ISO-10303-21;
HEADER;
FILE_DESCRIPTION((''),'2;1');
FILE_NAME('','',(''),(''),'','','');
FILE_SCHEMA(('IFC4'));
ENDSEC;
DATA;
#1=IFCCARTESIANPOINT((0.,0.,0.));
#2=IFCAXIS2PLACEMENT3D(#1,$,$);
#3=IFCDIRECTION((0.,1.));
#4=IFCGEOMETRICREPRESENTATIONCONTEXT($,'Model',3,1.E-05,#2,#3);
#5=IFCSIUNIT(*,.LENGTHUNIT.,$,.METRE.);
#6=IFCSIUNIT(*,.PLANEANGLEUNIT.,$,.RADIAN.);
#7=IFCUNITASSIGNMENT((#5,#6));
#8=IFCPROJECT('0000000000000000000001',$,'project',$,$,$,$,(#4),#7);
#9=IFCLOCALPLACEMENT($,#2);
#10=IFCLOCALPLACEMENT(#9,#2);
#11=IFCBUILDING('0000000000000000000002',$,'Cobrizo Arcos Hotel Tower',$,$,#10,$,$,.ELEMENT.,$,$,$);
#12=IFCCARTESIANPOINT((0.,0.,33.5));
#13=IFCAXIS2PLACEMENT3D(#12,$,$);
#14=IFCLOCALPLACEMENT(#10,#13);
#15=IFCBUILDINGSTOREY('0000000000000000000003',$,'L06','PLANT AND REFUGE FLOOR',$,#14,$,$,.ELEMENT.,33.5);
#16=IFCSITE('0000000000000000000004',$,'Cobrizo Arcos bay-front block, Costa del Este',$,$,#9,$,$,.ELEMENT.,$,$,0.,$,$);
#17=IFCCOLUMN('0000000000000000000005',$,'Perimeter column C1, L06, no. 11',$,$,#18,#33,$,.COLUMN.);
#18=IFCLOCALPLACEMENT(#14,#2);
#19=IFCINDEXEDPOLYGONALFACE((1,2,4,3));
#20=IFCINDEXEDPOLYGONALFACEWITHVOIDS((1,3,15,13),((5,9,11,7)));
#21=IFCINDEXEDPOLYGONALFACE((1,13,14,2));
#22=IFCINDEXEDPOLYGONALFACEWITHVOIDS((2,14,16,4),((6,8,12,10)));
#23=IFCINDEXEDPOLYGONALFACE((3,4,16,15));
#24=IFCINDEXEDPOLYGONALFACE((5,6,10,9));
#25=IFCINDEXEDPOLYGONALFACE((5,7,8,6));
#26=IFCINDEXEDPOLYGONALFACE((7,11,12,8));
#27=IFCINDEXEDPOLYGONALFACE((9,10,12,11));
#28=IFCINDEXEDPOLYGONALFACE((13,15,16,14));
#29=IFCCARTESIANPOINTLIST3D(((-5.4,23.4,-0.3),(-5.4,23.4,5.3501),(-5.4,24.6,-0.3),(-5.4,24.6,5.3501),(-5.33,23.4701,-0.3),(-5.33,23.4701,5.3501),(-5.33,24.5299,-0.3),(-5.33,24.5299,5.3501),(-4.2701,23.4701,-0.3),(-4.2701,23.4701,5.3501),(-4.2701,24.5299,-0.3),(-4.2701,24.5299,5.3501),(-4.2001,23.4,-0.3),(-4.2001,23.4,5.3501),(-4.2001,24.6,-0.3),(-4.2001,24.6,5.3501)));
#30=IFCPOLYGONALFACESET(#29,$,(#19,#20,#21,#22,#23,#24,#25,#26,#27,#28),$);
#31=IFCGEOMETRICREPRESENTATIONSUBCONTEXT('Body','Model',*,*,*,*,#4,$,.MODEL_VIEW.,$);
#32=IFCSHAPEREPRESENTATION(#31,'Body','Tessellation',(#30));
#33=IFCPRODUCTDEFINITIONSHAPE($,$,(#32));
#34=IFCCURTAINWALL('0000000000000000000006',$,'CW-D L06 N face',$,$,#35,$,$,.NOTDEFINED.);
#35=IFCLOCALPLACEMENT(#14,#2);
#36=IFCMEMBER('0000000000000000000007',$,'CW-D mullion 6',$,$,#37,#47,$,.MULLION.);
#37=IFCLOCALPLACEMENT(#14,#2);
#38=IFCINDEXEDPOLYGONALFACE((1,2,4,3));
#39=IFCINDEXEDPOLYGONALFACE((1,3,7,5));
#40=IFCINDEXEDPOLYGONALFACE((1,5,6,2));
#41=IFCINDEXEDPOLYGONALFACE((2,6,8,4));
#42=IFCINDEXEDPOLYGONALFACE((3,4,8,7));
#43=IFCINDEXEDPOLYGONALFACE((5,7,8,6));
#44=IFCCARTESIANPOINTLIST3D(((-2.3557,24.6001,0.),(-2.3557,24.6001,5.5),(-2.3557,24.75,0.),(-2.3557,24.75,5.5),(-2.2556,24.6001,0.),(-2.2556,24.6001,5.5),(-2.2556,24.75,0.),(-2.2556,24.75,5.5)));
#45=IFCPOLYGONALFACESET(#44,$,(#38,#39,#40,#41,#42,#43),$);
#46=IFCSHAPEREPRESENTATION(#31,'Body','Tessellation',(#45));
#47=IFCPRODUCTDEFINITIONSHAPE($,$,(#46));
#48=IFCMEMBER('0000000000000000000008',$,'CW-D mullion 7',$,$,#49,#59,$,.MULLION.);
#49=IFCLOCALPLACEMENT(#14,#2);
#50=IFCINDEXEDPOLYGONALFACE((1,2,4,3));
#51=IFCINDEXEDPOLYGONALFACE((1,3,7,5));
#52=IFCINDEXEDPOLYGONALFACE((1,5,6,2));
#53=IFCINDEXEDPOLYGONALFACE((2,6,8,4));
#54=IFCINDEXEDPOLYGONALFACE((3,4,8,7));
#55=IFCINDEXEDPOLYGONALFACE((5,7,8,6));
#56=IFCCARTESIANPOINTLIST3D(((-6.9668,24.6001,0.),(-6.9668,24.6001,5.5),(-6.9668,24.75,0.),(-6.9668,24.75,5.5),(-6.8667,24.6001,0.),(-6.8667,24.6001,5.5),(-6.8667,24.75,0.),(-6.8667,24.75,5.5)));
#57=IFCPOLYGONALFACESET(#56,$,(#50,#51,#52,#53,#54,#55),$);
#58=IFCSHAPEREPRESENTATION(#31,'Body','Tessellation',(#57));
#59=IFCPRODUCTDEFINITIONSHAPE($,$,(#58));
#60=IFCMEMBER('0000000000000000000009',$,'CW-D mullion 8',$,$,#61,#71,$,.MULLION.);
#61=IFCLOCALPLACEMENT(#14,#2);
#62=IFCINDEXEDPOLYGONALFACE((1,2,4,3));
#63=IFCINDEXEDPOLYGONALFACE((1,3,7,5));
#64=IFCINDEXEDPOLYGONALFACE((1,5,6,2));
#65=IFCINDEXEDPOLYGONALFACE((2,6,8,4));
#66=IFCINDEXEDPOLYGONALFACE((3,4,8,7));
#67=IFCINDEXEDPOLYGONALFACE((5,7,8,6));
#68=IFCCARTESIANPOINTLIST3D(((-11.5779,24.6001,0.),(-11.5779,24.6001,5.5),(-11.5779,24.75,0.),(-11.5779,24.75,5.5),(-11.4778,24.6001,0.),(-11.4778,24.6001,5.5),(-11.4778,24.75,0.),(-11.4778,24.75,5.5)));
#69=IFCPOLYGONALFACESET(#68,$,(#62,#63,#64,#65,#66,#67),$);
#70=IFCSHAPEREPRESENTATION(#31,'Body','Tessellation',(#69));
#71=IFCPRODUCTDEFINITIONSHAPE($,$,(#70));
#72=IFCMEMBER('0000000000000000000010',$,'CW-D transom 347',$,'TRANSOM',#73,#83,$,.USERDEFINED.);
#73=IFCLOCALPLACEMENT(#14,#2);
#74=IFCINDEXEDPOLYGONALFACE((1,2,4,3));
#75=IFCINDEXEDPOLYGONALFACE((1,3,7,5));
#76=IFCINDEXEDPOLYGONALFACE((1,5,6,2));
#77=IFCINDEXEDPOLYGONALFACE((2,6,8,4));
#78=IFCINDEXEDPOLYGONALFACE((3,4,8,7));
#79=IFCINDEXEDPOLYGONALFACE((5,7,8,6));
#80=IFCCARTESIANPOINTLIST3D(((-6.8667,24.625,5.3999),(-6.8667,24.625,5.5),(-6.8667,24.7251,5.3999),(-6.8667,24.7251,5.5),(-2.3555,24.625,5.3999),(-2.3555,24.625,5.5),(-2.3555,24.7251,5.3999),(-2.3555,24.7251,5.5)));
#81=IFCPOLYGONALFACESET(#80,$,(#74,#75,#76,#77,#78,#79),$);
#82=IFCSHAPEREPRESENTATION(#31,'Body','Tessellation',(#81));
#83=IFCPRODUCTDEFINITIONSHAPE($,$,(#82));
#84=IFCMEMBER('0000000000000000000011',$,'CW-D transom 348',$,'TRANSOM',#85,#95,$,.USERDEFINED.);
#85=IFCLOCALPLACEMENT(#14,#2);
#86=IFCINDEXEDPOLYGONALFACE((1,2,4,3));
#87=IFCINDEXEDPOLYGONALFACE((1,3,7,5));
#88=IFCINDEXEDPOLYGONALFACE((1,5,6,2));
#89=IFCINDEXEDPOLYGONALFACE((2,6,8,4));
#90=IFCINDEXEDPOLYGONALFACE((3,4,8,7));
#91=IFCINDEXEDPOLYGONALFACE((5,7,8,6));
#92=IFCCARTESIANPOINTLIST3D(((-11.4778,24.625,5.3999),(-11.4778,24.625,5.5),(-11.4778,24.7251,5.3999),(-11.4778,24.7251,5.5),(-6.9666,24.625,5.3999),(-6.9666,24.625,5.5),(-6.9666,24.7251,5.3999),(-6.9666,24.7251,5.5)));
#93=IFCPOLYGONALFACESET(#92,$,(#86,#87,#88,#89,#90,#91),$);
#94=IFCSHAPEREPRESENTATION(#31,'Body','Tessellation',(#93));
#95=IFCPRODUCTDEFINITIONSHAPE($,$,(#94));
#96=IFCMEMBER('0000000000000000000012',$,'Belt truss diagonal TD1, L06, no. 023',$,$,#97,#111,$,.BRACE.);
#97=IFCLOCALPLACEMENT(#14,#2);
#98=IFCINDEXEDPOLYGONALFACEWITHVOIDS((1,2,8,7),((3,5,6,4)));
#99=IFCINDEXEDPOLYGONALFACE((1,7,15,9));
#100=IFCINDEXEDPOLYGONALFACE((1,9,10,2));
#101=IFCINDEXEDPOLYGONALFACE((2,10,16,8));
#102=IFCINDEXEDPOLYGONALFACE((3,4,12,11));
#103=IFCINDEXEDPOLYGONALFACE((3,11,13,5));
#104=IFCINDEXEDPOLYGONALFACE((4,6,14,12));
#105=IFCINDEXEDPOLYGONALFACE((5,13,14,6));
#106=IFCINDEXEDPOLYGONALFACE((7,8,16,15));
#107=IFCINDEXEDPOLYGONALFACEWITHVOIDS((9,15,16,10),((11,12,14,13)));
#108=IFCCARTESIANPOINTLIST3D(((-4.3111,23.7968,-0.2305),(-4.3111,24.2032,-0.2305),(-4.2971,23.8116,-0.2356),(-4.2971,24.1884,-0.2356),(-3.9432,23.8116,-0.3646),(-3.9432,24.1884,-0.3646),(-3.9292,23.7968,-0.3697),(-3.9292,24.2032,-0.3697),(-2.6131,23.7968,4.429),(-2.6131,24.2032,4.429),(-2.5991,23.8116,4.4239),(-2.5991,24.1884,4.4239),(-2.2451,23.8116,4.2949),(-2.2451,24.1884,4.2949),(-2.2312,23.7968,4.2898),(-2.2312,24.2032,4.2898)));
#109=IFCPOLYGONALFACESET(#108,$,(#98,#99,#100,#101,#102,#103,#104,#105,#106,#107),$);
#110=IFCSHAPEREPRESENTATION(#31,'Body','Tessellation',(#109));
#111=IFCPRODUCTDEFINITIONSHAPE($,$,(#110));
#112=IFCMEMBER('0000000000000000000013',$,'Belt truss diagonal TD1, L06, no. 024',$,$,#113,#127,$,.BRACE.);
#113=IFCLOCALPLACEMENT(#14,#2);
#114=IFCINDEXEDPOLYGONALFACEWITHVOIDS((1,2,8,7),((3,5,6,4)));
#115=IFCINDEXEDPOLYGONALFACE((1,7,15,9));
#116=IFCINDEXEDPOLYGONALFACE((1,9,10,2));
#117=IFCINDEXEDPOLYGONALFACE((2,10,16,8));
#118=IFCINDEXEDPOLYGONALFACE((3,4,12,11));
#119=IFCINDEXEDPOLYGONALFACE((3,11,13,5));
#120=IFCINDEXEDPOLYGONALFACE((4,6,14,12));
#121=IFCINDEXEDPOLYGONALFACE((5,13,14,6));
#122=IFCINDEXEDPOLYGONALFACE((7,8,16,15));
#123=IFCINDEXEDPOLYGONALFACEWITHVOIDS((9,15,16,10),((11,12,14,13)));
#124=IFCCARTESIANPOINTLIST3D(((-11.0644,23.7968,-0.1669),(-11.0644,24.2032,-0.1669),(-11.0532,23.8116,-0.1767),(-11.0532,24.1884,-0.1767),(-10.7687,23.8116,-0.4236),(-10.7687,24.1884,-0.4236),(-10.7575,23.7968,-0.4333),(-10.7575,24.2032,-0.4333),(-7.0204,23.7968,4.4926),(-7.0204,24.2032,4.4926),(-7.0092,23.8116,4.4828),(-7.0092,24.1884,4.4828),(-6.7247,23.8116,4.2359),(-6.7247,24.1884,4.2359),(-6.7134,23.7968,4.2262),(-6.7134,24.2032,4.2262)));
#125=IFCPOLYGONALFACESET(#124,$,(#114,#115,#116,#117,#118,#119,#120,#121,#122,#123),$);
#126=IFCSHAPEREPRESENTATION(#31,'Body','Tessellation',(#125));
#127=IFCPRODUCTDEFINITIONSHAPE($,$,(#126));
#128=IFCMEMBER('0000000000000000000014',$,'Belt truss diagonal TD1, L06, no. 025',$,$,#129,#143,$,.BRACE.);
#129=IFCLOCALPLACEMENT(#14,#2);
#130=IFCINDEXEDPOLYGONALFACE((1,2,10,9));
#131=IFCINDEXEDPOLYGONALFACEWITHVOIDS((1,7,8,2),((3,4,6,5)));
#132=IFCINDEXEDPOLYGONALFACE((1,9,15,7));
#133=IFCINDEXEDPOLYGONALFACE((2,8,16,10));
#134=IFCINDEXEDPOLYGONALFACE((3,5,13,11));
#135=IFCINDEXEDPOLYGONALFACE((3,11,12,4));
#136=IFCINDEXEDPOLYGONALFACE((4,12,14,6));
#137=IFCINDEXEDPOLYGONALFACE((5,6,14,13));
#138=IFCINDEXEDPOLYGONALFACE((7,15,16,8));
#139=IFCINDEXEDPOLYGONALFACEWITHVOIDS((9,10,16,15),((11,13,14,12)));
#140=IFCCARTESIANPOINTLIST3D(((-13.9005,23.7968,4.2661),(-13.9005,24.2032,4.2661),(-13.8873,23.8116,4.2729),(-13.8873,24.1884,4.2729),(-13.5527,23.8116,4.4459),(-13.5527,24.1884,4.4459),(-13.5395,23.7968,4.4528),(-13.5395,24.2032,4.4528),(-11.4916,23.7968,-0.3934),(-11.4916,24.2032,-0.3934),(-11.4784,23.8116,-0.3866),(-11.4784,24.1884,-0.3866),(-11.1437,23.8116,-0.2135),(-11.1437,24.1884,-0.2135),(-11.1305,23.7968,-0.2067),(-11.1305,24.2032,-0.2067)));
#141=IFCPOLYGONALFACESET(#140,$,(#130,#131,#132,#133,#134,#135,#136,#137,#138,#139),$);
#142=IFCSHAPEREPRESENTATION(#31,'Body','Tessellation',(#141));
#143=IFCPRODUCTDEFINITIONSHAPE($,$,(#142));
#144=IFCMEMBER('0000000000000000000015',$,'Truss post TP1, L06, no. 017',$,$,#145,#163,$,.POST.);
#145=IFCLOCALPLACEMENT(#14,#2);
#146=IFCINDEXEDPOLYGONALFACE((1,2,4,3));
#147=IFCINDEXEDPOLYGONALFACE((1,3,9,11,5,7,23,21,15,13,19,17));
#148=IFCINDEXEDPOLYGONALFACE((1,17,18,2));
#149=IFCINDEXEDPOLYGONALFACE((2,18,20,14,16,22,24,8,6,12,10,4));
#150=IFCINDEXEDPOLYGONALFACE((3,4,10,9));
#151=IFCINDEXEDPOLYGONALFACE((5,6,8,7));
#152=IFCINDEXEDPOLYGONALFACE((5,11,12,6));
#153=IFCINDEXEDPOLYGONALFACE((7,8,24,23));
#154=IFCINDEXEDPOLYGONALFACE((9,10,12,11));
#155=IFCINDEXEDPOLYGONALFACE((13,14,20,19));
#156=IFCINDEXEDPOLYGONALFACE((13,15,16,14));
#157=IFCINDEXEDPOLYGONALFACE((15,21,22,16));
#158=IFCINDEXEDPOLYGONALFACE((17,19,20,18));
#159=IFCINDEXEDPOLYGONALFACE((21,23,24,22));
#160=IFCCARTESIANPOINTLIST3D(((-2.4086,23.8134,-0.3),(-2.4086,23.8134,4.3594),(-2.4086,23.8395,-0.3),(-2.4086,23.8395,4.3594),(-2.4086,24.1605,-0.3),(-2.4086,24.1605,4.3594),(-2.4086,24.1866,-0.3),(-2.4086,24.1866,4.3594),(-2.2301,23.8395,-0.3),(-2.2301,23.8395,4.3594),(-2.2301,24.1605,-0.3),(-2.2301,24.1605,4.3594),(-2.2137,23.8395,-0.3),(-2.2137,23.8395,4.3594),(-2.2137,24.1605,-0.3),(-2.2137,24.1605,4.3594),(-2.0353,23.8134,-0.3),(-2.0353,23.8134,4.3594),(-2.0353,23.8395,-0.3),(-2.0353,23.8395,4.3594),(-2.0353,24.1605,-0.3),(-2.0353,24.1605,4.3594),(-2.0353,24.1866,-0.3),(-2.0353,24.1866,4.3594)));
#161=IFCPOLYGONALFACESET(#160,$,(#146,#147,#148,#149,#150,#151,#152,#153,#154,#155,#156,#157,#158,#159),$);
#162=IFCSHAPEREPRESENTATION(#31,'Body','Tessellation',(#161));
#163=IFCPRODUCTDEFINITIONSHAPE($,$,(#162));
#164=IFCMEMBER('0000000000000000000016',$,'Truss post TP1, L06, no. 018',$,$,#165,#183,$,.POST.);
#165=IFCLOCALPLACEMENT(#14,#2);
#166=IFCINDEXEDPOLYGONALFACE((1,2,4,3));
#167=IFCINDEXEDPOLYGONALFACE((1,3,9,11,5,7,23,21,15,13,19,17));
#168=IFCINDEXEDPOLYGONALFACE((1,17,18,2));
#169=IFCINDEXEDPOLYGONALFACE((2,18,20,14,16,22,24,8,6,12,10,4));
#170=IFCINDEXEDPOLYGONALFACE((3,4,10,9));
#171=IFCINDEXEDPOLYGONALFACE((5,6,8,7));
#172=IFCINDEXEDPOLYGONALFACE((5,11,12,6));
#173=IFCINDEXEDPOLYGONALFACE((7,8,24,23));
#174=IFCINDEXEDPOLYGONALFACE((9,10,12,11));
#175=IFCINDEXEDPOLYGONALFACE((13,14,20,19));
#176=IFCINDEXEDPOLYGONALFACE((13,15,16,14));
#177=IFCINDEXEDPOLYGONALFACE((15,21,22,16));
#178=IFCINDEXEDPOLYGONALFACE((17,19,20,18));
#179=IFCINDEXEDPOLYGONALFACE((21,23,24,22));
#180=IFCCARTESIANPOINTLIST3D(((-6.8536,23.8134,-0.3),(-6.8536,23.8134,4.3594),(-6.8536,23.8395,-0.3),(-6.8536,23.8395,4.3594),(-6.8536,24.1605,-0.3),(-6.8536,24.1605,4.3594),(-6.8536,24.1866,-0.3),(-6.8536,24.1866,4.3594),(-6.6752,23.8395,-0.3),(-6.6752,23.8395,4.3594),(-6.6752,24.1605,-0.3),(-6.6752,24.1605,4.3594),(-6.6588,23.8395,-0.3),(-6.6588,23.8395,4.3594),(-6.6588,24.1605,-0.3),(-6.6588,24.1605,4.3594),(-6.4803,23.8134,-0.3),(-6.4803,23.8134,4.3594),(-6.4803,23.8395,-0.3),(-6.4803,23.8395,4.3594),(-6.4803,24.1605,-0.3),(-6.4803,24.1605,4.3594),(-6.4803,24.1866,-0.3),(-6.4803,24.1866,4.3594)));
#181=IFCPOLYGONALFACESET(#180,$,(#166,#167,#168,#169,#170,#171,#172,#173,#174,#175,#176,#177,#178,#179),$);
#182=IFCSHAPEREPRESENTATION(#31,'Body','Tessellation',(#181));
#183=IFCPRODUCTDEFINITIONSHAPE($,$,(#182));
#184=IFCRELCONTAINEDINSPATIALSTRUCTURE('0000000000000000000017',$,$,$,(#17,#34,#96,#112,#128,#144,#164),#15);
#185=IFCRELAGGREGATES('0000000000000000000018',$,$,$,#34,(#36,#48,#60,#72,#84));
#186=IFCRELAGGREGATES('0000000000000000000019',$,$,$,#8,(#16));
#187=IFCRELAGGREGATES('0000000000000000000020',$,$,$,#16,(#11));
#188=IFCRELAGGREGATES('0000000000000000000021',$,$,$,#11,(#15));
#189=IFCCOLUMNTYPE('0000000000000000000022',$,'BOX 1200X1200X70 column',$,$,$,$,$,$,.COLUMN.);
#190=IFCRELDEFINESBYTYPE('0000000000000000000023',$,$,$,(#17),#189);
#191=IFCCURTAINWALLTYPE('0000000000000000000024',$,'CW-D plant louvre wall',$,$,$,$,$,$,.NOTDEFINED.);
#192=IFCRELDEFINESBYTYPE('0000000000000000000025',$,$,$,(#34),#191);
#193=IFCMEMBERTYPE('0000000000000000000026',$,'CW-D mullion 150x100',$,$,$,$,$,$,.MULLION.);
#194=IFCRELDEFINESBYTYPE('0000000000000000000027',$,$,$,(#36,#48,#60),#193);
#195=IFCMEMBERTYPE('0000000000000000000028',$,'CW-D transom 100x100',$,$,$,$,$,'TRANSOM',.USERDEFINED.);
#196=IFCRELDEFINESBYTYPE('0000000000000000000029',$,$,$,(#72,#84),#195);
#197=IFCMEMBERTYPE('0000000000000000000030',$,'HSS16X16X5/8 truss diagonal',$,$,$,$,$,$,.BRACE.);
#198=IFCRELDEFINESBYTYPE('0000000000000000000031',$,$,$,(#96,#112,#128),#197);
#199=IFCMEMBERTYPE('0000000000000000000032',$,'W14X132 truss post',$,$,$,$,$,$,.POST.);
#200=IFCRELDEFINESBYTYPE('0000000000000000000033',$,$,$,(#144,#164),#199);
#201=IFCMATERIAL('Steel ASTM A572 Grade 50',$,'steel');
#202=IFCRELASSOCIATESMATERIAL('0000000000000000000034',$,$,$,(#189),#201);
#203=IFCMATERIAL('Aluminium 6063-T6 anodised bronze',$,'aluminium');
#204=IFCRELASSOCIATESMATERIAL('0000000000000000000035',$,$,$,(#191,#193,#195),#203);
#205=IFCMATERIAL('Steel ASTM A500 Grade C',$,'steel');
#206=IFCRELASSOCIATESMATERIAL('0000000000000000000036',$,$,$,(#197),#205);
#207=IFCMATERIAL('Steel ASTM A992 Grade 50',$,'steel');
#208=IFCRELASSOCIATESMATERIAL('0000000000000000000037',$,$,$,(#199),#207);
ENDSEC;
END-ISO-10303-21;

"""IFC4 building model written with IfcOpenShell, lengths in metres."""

from ifc_helpers import new_model, si_unit, direction, frame, origin, origin_2d, place, context, subcontext, project, spatial, rectangle, hollow_rectangle, i_section, extrude, material, material_profile, profile_set, type_object, element, aggregate, save


model = new_model("IFC4")

# Units and contexts
model_context = context("Model", 3, precision=1e-05, world=origin(), true_north=direction((0.0, 1.0)))
body_context = subcontext(model_context, "Body", "Model", "MODEL_VIEW")
ifc_project = project(units=[si_unit("LENGTHUNIT", "METRE"), si_unit("PLANEANGLEUNIT", "RADIAN")], contexts=[model_context])

# Site, building, storey
site_placement = place(None, origin())
site = spatial("IfcSite", under=ifc_project, at=site_placement, Name="Cobrizo Arcos bay-front block, Costa del Este", CompositionType="ELEMENT", RefElevation=0.0)
building_placement = place(site_placement, origin())
building = spatial("IfcBuilding", under=site, at=building_placement, Name="Cobrizo Arcos Hotel Tower", CompositionType="ELEMENT")
storey_placement = place(building_placement, frame((0.0, 0.0, 33.5)))
storey = spatial("IfcBuildingStorey", under=building, at=storey_placement, Name="L06", Description="PLANT AND REFUGE FLOOR", CompositionType="ELEMENT", Elevation=33.5)

# Column
ifc_material_1 = material(Name="Steel ASTM A572 Grade 50", Category="steel")
ifc_material_profile_1 = material_profile(ifc_material_1, hollow_rectangle(XDim=1.2, YDim=1.2, WallThickness=0.0701, at=origin_2d()), Name="BOX 1200X1200X70")
ifc_profile_set_1 = profile_set([ifc_material_profile_1], Name="Steel ASTM A572 Grade 50")
column_type = type_object("IfcColumnType", Name="BOX 1200X1200X70 column", PredefinedType="COLUMN", material=ifc_profile_set_1)
column_placement = place(storey_placement, frame((-4.8, 24.0, -0.3), z_axis=(0.0, 0.0, 1.0), x_axis=(1.0, 0.0, 0.0)))
element("IfcColumn", 1, at=column_placement, inside=storey, type_object=column_type, Name="Perimeter column C1, L06, no. 11", PredefinedType="COLUMN", context=body_context, shape_type="SweptSolid", body=[
    extrude(hollow_rectangle(XDim=1.2, YDim=1.2, WallThickness=0.0701, at=origin_2d()), origin(), (0.0, 0.0, 1.0), 5.6501),
])

# Curtain wall, members
ifc_material_2 = material(Name="Aluminium 6063-T6 anodised bronze", Category="aluminium")
curtain_wall_type = type_object("IfcCurtainWallType", Name="CW-D plant louvre wall", PredefinedType="NOTDEFINED", material=ifc_material_2)
curtain_wall_placement = place(storey_placement, origin())
curtain_wall = element("IfcCurtainWall", 2, at=curtain_wall_placement, inside=storey, type_object=curtain_wall_type, Name="CW-D L06 N face", PredefinedType="NOTDEFINED")
ifc_material_profile_2 = material_profile(ifc_material_2, rectangle(XDim=0.1499, YDim=0.1001, at=origin_2d()), Name="CW-D mullion 150x100")
ifc_profile_set_2 = profile_set([ifc_material_profile_2], Name="Aluminium 6063-T6 anodised bronze")
member_type_1 = type_object("IfcMemberType", Name="CW-D mullion 150x100", PredefinedType="MULLION", material=ifc_profile_set_2)
member_1_placement = place(storey_placement, frame((-2.3057, 24.675, 0.0), z_axis=(0.0, 0.0, 1.0), x_axis=(0.0, 1.0, 0.0)))
member_1 = element("IfcMember", 3, at=member_1_placement, type_object=member_type_1, Name="CW-D mullion 6", PredefinedType="MULLION", context=body_context, shape_type="SweptSolid", body=[
    extrude(rectangle(XDim=0.1499, YDim=0.1001, at=origin_2d()), origin(), (0.0, 0.0, 1.0), 5.5),
])
member_2_placement = place(storey_placement, frame((-6.9167, 24.675, 0.0), z_axis=(0.0, 0.0, 1.0), x_axis=(0.0, 1.0, 0.0)))
member_2 = element("IfcMember", 4, at=member_2_placement, type_object=member_type_1, Name="CW-D mullion 7", PredefinedType="MULLION", context=body_context, shape_type="SweptSolid", body=[
    extrude(rectangle(XDim=0.1499, YDim=0.1001, at=origin_2d()), origin(), (0.0, 0.0, 1.0), 5.5),
])
member_3_placement = place(storey_placement, frame((-11.5278, 24.675, 0.0), z_axis=(0.0, 0.0, 1.0), x_axis=(0.0, 1.0, 0.0)))
member_3 = element("IfcMember", 5, at=member_3_placement, type_object=member_type_1, Name="CW-D mullion 8", PredefinedType="MULLION", context=body_context, shape_type="SweptSolid", body=[
    extrude(rectangle(XDim=0.1499, YDim=0.1001, at=origin_2d()), origin(), (0.0, 0.0, 1.0), 5.5),
])
ifc_material_profile_3 = material_profile(ifc_material_2, rectangle(XDim=0.1001, YDim=0.1001, at=origin_2d()), Name="CW-D transom 100x100")
ifc_profile_set_3 = profile_set([ifc_material_profile_3], Name="Aluminium 6063-T6 anodised bronze")
member_type_2 = type_object("IfcMemberType", Name="CW-D transom 100x100", ElementType="TRANSOM", PredefinedType="USERDEFINED", material=ifc_profile_set_3)
member_4_placement = place(storey_placement, frame((-2.3555, 24.675, 5.45), z_axis=(-1.0, 0.0, 0.0), x_axis=(0.0, -1.0, 0.0)))
member_4 = element("IfcMember", 6, at=member_4_placement, type_object=member_type_2, Name="CW-D transom 347", ObjectType="TRANSOM", PredefinedType="USERDEFINED", context=body_context, shape_type="SweptSolid", body=[
    extrude(rectangle(XDim=0.1001, YDim=0.1001, at=origin_2d()), origin(), (0.0, 0.0, 1.0), 4.5112),
])
member_5_placement = place(storey_placement, frame((-6.9666, 24.675, 5.45), z_axis=(-1.0, 0.0, 0.0), x_axis=(0.0, -1.0, 0.0)))
member_5 = element("IfcMember", 7, at=member_5_placement, type_object=member_type_2, Name="CW-D transom 348", ObjectType="TRANSOM", PredefinedType="USERDEFINED", context=body_context, shape_type="SweptSolid", body=[
    extrude(rectangle(XDim=0.1001, YDim=0.1001, at=origin_2d()), origin(), (0.0, 0.0, 1.0), 4.5112),
])

# Members
ifc_material_3 = material(Name="Steel ASTM A500 Grade C", Category="steel")
ifc_material_profile_4 = material_profile(ifc_material_3, hollow_rectangle(XDim=0.4065, YDim=0.4065, WallThickness=0.0149, at=origin_2d()), Name="HSS16X16X5/8")
ifc_profile_set_4 = profile_set([ifc_material_profile_4], Name="Steel ASTM A500 Grade C")
member_type_3 = type_object("IfcMemberType", Name="HSS16X16X5/8 truss diagonal", PredefinedType="BRACE", material=ifc_profile_set_4)
member_6_placement = place(storey_placement, frame((-2.4221, 24.0, 4.3594), z_axis=(-0.342395, 0.0, -0.939556), x_axis=(0.0, -1.0, 0.0)))
element("IfcMember", 8, at=member_6_placement, inside=storey, type_object=member_type_3, Name="Belt truss diagonal TD1, L06, no. 023", PredefinedType="BRACE", context=body_context, shape_type="SweptSolid", body=[
    extrude(hollow_rectangle(XDim=0.4065, YDim=0.4065, WallThickness=0.0149, at=origin_2d()), origin(), (0.0, 0.0, 1.0), 4.9592),
])
member_7_placement = place(storey_placement, frame((-6.8669, 24.0, 4.3594), z_axis=(-0.655465, 0.0, -0.755225), x_axis=(0.0, -1.0, 0.0)))
element("IfcMember", 9, at=member_7_placement, inside=storey, type_object=member_type_3, Name="Belt truss diagonal TD1, L06, no. 024", PredefinedType="BRACE", context=body_context, shape_type="SweptSolid", body=[
    extrude(hollow_rectangle(XDim=0.4065, YDim=0.4065, WallThickness=0.0149, at=origin_2d()), origin(), (0.0, 0.0, 1.0), 6.1697),
])
member_8_placement = place(storey_placement, frame((-11.311, 24.0, -0.3), z_axis=(-0.459256, 0.0, 0.888304), x_axis=(0.0, -1.0, 0.0)))
element("IfcMember", 10, at=member_8_placement, inside=storey, type_object=member_type_3, Name="Belt truss diagonal TD1, L06, no. 025", PredefinedType="BRACE", context=body_context, shape_type="SweptSolid", body=[
    extrude(hollow_rectangle(XDim=0.4065, YDim=0.4065, WallThickness=0.0149, at=origin_2d()), origin(), (0.0, 0.0, 1.0), 5.2454),
])
ifc_material_4 = material(Name="Steel ASTM A992 Grade 50", Category="steel")
ifc_material_profile_5 = material_profile(ifc_material_4, i_section(OverallWidth=0.3733, OverallDepth=0.3733, WebThickness=0.0164, FlangeThickness=0.0261, at=origin_2d()), Name="W14X132")
ifc_profile_set_5 = profile_set([ifc_material_profile_5], Name="Steel ASTM A992 Grade 50")
member_type_4 = type_object("IfcMemberType", Name="W14X132 truss post", PredefinedType="POST", material=ifc_profile_set_5)
for number, where, z_axis, x_axis, name in (
    (11, (-2.2219, 24.0, -0.3), (0.0, 0.0, 1.0), (1.0, 0.0, 0.0), "Truss post TP1, L06, no. 017"),
    (12, (-6.667, 24.0, -0.3), (0.0, 0.0, 1.0), (1.0, 0.0, 0.0), "Truss post TP1, L06, no. 018"),
):
    element("IfcMember", number, at=place(storey_placement, frame(where, z_axis=z_axis, x_axis=x_axis)), inside=storey, type_object=member_type_4, Name=name, PredefinedType="POST", context=body_context, shape_type="SweptSolid", body=[
        extrude(i_section(OverallWidth=0.3733, OverallDepth=0.3733, WebThickness=0.0164, FlangeThickness=0.0261, at=origin_2d()), origin(), (0.0, 0.0, 1.0), 4.6594),
    ])

aggregate(curtain_wall, [member_1, member_2, member_3, member_4, member_5])

save(model, "model.ifc")
